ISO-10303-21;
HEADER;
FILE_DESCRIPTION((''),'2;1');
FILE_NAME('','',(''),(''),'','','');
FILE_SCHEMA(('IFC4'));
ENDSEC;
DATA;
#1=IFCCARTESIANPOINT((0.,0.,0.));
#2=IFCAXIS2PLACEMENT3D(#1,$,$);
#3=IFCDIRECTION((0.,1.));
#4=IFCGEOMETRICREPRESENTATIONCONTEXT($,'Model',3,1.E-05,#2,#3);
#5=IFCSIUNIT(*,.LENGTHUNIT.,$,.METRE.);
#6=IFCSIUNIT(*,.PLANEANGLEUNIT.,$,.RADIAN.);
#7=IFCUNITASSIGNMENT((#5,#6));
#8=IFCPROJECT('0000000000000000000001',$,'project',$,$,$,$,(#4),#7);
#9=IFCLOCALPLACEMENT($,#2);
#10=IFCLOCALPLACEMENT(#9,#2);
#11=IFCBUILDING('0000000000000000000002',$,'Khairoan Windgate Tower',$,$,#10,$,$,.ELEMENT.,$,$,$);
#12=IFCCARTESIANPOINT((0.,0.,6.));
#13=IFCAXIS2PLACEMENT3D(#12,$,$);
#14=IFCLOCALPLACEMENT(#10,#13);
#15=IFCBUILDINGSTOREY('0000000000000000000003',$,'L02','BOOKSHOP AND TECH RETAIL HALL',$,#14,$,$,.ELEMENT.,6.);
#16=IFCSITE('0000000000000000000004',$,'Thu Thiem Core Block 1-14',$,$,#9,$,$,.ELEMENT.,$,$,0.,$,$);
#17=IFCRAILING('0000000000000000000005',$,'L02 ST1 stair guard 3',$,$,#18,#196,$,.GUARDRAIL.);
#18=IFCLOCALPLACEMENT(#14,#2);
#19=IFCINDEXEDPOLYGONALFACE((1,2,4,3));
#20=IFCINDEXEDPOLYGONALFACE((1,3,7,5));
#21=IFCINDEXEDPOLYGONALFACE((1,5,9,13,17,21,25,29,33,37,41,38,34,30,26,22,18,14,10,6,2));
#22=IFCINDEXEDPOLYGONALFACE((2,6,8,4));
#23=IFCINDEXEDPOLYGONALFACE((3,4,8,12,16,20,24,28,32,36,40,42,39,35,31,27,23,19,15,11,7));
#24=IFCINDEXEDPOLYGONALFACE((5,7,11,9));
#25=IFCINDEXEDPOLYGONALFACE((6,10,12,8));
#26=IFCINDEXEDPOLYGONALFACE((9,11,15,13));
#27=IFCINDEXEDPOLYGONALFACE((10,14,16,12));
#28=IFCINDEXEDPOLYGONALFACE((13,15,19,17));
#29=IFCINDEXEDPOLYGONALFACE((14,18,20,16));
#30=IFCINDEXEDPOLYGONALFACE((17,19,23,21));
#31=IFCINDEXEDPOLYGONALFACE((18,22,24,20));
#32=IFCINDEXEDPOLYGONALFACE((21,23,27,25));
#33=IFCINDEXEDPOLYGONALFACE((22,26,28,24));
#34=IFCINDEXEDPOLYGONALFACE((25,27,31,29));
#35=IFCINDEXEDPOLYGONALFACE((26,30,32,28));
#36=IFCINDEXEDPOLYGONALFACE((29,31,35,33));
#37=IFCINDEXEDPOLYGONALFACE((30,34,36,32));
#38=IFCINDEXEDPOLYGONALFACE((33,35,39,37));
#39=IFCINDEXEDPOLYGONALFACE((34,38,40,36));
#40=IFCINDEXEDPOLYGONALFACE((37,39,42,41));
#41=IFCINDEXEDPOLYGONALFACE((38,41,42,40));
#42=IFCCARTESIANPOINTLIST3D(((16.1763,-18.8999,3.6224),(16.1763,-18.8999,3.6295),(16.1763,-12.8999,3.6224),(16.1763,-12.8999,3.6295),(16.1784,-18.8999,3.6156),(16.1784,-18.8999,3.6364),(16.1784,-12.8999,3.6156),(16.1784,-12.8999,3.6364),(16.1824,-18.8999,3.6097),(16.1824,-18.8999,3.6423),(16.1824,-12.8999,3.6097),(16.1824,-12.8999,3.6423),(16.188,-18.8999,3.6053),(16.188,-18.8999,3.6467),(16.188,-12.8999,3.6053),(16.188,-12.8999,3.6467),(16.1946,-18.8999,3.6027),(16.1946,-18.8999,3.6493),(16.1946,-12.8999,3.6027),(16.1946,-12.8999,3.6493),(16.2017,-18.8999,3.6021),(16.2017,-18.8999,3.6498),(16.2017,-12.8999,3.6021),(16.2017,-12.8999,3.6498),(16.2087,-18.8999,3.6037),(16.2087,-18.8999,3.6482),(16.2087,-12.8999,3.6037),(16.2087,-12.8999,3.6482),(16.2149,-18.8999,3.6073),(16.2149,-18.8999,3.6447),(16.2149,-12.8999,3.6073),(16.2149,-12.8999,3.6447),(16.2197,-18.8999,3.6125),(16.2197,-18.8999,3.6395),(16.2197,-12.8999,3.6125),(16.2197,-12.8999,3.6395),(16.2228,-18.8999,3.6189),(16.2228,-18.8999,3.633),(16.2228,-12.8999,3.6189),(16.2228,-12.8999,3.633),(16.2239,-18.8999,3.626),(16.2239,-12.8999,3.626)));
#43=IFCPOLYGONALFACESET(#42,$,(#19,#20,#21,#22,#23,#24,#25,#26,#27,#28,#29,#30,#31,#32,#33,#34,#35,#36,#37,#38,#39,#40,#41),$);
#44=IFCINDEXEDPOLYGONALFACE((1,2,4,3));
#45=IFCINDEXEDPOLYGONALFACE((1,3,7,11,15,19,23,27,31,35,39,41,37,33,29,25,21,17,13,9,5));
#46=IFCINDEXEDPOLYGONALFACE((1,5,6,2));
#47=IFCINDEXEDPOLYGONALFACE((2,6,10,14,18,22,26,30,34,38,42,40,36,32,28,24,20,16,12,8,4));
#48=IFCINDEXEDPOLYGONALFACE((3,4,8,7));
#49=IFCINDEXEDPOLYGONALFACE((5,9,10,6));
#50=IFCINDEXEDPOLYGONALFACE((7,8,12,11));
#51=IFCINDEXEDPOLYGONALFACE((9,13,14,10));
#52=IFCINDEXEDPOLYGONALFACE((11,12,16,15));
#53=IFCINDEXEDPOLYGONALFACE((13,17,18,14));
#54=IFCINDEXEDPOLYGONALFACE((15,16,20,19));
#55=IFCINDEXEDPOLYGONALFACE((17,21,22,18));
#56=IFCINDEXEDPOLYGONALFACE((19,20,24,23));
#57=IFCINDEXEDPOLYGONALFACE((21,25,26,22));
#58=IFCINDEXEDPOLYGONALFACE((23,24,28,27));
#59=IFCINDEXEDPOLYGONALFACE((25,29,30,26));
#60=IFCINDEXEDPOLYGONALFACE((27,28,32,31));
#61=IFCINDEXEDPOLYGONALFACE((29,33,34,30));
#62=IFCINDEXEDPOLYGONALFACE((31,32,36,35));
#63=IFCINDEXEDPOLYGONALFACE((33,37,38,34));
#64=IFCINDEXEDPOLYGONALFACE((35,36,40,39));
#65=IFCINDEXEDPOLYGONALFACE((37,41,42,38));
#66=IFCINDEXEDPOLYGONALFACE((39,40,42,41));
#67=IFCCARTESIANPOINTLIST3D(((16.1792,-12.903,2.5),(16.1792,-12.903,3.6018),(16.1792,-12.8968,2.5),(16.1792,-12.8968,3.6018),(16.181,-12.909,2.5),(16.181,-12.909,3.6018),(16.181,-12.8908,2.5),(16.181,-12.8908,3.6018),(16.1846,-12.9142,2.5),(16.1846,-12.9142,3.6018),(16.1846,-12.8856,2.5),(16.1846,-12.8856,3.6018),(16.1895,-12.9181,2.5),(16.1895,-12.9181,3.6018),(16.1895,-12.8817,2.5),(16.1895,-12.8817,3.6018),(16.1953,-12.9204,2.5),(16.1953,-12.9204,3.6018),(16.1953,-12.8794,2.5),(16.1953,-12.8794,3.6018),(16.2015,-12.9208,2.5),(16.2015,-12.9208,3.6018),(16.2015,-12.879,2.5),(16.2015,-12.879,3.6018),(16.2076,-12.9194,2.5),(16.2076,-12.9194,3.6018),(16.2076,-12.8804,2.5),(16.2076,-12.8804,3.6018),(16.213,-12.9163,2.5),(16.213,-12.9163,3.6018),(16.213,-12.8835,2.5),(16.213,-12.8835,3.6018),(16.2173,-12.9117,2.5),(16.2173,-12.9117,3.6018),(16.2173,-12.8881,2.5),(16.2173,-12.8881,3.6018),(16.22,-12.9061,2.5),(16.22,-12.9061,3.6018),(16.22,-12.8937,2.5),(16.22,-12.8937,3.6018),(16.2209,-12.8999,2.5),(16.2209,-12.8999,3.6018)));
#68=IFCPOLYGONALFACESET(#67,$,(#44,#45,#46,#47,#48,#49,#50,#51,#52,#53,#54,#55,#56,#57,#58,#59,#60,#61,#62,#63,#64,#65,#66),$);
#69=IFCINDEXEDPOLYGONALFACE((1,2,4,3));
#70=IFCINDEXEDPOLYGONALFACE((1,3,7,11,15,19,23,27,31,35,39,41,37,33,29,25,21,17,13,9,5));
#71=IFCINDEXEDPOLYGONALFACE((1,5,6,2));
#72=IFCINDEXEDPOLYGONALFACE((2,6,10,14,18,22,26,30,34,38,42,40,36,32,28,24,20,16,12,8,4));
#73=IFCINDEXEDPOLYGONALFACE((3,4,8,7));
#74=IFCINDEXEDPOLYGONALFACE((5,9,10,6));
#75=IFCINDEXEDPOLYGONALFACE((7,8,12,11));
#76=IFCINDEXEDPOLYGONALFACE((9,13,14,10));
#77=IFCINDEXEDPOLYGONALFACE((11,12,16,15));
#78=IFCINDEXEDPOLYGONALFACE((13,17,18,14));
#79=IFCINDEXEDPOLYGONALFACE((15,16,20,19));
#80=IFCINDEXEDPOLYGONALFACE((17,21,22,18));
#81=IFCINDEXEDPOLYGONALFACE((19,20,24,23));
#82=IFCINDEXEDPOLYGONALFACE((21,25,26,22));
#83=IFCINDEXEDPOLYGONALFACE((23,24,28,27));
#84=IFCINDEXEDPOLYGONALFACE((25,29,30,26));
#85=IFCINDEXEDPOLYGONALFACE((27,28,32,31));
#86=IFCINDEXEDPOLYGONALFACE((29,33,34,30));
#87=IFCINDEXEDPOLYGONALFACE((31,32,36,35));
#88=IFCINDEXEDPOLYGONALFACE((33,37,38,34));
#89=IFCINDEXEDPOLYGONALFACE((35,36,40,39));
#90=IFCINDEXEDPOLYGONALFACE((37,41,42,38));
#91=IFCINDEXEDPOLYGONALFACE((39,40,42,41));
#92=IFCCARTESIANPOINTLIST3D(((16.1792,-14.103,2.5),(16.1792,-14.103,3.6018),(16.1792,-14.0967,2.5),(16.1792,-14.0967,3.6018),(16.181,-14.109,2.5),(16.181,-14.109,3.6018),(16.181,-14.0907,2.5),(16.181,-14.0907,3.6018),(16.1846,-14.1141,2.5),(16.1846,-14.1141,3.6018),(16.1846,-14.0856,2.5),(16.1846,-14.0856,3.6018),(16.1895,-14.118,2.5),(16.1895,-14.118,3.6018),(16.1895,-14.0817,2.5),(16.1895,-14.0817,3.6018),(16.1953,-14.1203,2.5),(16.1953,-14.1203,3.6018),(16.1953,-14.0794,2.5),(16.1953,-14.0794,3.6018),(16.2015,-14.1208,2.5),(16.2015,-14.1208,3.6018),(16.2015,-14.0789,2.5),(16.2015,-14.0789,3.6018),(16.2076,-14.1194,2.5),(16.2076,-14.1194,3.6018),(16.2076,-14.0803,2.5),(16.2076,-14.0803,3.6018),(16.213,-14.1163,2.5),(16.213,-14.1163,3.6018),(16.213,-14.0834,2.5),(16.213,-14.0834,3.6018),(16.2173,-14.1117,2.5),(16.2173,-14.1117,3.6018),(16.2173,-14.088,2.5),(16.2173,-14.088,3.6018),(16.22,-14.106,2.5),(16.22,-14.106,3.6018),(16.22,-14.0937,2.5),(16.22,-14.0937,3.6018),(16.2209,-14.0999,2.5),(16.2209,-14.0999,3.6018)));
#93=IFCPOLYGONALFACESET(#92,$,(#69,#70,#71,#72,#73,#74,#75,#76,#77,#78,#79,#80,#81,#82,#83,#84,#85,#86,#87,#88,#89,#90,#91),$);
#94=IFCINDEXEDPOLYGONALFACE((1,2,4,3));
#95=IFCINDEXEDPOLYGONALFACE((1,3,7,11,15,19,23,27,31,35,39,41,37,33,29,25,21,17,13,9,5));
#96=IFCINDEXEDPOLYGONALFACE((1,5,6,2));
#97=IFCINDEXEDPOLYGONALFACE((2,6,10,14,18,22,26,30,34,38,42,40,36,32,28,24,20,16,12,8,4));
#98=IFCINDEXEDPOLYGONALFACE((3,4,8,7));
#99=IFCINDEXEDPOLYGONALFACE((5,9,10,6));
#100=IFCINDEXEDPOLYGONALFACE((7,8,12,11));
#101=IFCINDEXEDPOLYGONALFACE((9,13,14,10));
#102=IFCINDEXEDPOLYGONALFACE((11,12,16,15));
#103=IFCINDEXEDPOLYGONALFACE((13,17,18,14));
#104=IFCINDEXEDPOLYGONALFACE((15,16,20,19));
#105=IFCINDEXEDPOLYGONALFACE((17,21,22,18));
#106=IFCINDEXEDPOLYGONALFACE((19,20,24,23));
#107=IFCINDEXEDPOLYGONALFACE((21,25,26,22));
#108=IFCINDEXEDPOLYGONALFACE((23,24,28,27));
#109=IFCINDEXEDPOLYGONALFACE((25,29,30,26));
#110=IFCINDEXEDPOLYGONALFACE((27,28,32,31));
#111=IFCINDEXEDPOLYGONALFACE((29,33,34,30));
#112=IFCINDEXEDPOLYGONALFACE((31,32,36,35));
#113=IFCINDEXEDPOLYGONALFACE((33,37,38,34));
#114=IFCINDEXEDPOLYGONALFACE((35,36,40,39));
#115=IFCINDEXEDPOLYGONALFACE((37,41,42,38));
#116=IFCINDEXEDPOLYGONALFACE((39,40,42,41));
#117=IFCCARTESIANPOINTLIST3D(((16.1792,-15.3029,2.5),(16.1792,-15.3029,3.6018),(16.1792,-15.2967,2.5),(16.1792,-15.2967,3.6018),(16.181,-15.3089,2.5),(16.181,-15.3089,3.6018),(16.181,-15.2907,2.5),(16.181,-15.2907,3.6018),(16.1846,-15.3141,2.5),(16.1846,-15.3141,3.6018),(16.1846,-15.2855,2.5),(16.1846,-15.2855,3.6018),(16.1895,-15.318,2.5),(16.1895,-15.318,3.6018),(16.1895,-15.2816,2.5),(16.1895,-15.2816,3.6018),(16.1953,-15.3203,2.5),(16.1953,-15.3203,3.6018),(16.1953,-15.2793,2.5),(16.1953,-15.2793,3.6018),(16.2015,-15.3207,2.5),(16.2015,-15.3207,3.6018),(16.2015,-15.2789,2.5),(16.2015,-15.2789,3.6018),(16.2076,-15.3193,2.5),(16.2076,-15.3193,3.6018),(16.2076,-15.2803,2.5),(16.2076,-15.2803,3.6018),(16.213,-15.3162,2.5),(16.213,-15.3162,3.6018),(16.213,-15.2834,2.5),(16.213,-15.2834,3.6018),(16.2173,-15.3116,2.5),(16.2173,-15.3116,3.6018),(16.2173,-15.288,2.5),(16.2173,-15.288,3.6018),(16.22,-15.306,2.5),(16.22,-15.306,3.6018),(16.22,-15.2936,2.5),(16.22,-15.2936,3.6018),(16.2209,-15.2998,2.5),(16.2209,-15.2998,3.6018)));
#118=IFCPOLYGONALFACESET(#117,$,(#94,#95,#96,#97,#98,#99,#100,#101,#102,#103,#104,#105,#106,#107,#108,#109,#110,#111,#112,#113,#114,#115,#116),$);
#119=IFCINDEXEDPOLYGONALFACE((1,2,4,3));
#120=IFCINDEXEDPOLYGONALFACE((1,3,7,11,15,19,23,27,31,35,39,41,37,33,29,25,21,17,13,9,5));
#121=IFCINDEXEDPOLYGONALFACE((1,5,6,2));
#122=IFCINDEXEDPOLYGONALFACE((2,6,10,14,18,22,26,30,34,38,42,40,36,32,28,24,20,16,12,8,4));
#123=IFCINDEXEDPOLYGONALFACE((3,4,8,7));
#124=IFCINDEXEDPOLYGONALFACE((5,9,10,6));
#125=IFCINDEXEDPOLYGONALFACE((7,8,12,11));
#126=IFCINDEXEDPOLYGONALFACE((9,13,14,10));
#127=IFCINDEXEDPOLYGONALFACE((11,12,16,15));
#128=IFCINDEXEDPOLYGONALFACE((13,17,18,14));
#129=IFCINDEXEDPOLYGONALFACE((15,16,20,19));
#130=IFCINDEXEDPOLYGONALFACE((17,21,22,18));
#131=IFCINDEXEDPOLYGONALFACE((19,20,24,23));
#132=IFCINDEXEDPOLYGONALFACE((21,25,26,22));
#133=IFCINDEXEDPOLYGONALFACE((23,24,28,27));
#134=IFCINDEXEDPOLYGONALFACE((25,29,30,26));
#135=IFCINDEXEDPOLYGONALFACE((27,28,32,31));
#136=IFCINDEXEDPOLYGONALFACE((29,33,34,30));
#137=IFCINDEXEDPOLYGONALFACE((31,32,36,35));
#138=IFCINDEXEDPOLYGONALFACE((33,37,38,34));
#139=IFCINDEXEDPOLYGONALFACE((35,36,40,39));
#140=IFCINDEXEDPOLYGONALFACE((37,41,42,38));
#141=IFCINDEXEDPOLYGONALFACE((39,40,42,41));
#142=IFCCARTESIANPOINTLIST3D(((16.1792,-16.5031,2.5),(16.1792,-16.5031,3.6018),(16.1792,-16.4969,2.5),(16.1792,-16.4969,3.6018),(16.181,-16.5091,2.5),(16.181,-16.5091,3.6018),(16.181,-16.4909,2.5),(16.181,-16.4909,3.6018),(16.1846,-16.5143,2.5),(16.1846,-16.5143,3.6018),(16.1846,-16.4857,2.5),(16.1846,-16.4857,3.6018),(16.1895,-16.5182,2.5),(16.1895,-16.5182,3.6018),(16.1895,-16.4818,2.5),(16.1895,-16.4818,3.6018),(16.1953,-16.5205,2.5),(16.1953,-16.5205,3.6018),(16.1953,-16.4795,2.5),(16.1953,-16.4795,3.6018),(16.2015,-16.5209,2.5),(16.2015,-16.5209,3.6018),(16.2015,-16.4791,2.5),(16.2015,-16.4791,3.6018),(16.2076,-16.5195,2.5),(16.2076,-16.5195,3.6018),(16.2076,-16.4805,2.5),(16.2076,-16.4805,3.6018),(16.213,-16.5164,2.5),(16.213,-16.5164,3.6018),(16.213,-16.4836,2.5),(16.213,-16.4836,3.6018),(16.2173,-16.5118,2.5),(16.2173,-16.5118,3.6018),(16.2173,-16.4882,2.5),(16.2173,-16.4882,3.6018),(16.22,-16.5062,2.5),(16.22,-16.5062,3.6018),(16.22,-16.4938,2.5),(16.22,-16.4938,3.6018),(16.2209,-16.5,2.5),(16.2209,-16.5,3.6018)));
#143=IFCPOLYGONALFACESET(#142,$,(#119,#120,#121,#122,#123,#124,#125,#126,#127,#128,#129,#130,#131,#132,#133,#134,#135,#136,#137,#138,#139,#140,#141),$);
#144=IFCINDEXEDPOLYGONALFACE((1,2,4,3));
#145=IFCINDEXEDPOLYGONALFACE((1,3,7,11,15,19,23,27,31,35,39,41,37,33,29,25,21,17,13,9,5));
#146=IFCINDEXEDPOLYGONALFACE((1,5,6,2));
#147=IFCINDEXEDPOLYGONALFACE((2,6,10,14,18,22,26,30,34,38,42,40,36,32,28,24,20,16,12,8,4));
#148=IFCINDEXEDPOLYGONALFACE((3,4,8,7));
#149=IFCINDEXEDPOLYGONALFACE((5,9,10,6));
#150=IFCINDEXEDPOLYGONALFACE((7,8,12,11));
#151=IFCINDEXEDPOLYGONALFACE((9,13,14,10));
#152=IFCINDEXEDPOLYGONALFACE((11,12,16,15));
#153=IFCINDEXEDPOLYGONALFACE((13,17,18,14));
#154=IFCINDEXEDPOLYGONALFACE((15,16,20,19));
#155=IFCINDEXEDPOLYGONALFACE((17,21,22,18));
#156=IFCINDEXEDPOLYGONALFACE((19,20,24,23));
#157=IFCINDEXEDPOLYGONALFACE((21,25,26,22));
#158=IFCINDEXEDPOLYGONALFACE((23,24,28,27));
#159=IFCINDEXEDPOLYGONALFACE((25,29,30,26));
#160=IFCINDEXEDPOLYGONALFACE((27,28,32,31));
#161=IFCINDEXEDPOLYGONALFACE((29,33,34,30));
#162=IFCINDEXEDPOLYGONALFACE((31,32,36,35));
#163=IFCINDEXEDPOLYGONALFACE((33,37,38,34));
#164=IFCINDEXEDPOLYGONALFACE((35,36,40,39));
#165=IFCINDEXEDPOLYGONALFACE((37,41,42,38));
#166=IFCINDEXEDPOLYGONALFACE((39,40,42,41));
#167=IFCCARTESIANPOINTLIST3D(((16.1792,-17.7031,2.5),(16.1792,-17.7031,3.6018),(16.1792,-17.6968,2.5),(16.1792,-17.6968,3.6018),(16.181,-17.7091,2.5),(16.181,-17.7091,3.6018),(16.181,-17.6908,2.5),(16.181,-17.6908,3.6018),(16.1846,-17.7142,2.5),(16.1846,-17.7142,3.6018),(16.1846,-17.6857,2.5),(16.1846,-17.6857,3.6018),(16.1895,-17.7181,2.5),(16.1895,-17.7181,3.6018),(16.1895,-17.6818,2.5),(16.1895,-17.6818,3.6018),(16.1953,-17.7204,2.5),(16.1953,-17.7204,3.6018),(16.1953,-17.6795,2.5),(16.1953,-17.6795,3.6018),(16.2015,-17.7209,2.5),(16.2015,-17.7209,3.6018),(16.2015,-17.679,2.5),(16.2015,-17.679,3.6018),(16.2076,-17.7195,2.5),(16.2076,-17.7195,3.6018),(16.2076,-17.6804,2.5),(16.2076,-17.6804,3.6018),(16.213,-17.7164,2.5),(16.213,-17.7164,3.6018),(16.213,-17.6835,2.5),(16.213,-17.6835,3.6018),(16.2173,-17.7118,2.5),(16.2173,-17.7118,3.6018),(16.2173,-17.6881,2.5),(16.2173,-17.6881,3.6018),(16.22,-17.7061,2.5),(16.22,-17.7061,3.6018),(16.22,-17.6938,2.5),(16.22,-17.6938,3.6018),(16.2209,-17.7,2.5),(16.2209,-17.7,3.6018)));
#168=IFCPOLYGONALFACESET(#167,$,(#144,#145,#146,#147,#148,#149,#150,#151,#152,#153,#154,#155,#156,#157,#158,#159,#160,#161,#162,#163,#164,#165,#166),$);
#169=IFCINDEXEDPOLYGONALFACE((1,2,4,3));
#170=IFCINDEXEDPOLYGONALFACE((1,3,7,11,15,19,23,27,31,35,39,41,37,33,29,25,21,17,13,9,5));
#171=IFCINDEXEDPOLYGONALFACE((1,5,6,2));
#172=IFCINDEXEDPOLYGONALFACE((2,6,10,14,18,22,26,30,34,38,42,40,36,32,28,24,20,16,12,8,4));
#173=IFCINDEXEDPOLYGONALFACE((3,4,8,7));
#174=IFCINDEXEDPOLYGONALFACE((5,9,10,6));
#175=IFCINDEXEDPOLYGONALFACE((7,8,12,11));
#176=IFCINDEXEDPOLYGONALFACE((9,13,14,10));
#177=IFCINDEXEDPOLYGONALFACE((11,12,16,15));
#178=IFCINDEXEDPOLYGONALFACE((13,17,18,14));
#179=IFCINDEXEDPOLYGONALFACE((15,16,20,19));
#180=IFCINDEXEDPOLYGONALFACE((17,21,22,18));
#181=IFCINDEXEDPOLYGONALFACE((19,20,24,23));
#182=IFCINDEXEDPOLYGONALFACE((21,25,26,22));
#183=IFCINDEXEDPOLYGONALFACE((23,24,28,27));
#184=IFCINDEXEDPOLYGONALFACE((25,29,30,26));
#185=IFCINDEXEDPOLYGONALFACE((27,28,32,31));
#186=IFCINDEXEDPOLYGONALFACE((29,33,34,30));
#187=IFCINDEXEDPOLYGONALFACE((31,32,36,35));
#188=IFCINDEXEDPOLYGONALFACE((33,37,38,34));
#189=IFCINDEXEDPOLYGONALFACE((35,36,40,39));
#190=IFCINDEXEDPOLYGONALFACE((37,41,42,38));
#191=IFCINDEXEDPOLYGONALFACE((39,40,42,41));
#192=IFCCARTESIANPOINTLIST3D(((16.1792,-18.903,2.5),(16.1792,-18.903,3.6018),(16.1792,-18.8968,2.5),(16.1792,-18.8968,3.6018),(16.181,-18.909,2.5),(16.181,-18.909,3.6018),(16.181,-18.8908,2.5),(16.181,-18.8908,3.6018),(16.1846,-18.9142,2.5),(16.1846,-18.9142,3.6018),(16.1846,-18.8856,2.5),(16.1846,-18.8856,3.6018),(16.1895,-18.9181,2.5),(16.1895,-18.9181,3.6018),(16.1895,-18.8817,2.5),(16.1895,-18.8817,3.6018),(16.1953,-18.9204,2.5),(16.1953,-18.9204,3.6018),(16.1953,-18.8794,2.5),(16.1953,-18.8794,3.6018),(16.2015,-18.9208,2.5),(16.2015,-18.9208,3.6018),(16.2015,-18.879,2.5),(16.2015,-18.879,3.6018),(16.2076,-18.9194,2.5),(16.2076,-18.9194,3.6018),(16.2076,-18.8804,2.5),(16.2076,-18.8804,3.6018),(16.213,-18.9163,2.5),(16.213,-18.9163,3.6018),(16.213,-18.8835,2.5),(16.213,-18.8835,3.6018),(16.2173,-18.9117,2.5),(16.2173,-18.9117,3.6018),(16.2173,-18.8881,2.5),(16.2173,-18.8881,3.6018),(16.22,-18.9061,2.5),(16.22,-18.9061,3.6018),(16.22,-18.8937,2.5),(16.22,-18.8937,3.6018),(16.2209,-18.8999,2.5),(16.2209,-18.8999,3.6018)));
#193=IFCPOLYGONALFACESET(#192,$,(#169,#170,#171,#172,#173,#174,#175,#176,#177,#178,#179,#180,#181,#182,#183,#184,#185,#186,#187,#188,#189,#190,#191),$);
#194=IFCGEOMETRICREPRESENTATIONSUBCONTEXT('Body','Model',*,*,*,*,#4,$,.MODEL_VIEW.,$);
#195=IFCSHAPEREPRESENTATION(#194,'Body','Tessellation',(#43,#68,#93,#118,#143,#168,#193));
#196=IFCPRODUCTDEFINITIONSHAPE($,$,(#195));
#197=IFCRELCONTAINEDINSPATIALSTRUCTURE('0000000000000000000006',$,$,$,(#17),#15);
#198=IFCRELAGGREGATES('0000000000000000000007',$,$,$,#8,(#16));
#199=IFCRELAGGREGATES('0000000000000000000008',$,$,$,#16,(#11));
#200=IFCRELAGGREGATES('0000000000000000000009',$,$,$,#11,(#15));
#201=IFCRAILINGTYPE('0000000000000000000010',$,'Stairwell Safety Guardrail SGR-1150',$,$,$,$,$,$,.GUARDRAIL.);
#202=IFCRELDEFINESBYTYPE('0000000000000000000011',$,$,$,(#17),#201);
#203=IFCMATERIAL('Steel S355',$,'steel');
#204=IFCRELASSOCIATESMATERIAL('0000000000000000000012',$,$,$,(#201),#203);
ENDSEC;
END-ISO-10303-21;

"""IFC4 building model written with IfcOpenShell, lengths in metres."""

from ifc_helpers import new_model, si_unit, direction, frame, origin, origin_2d, place, context, subcontext, project, spatial, circle, extrude, material, type_object, element, save


model = new_model("IFC4")

# Units and contexts
model_context = context("Model", 3, precision=1e-05, world=origin(), true_north=direction((0.0, 1.0)))
body_context = subcontext(model_context, "Body", "Model", "MODEL_VIEW")
ifc_project = project(units=[si_unit("LENGTHUNIT", "METRE"), si_unit("PLANEANGLEUNIT", "RADIAN")], contexts=[model_context])

# Site, building, storey
site_placement = place(None, origin())
site = spatial("IfcSite", under=ifc_project, at=site_placement, Name="Thu Thiem Core Block 1-14", CompositionType="ELEMENT", RefElevation=0.0)
building_placement = place(site_placement, origin())
building = spatial("IfcBuilding", under=site, at=building_placement, Name="Khairoan Windgate Tower", CompositionType="ELEMENT")
storey_placement = place(building_placement, frame((0.0, 0.0, 6.0)))
storey = spatial("IfcBuildingStorey", under=building, at=storey_placement, Name="L02", Description="BOOKSHOP AND TECH RETAIL HALL", CompositionType="ELEMENT", Elevation=6.0)

# Railing
ifc_material_1 = material(Name="Steel S355", Category="steel")
railing_type_1 = type_object("IfcRailingType", Name="Stairwell Safety Guardrail SGR-1150", PredefinedType="GUARDRAIL", material=ifc_material_1)
for number, where, name in (
    (1, (16.2, -12.8999, 2.5), "L02 ST1 stair guard 3"),
):
    element("IfcRailing", number, at=place(storey_placement, frame(where)), inside=storey, type_object=railing_type_1, Name=name, PredefinedType="GUARDRAIL", context=body_context, shape_type="SweptSolid", body=[
        extrude(circle(Radius=0.0239, at=origin_2d()), frame((0.0, 0.0, 1.126), z_axis=(0.0, -1.0, 0.0), x_axis=(1.0, 0.0, 0.0)), (0.0, 0.0, 1.0), 6.0),
        extrude(circle(Radius=0.021, at=origin_2d()), origin(), (0.0, 0.0, 1.0), 1.1018),
        extrude(circle(Radius=0.021, at=origin_2d()), frame((0.0, -1.2, 0.0)), (0.0, 0.0, 1.0), 1.1018),
        extrude(circle(Radius=0.021, at=origin_2d()), frame((0.0, -2.3999, 0.0)), (0.0, 0.0, 1.0), 1.1018),
        extrude(circle(Radius=0.021, at=origin_2d()), frame((0.0, -3.6001, 0.0)), (0.0, 0.0, 1.0), 1.1018),
        extrude(circle(Radius=0.021, at=origin_2d()), frame((0.0, -4.8, 0.0)), (0.0, 0.0, 1.0), 1.1018),
        extrude(circle(Radius=0.021, at=origin_2d()), frame((0.0, -6.0, 0.0)), (0.0, 0.0, 1.0), 1.1018),
    ])

save(model, "model.ifc")
